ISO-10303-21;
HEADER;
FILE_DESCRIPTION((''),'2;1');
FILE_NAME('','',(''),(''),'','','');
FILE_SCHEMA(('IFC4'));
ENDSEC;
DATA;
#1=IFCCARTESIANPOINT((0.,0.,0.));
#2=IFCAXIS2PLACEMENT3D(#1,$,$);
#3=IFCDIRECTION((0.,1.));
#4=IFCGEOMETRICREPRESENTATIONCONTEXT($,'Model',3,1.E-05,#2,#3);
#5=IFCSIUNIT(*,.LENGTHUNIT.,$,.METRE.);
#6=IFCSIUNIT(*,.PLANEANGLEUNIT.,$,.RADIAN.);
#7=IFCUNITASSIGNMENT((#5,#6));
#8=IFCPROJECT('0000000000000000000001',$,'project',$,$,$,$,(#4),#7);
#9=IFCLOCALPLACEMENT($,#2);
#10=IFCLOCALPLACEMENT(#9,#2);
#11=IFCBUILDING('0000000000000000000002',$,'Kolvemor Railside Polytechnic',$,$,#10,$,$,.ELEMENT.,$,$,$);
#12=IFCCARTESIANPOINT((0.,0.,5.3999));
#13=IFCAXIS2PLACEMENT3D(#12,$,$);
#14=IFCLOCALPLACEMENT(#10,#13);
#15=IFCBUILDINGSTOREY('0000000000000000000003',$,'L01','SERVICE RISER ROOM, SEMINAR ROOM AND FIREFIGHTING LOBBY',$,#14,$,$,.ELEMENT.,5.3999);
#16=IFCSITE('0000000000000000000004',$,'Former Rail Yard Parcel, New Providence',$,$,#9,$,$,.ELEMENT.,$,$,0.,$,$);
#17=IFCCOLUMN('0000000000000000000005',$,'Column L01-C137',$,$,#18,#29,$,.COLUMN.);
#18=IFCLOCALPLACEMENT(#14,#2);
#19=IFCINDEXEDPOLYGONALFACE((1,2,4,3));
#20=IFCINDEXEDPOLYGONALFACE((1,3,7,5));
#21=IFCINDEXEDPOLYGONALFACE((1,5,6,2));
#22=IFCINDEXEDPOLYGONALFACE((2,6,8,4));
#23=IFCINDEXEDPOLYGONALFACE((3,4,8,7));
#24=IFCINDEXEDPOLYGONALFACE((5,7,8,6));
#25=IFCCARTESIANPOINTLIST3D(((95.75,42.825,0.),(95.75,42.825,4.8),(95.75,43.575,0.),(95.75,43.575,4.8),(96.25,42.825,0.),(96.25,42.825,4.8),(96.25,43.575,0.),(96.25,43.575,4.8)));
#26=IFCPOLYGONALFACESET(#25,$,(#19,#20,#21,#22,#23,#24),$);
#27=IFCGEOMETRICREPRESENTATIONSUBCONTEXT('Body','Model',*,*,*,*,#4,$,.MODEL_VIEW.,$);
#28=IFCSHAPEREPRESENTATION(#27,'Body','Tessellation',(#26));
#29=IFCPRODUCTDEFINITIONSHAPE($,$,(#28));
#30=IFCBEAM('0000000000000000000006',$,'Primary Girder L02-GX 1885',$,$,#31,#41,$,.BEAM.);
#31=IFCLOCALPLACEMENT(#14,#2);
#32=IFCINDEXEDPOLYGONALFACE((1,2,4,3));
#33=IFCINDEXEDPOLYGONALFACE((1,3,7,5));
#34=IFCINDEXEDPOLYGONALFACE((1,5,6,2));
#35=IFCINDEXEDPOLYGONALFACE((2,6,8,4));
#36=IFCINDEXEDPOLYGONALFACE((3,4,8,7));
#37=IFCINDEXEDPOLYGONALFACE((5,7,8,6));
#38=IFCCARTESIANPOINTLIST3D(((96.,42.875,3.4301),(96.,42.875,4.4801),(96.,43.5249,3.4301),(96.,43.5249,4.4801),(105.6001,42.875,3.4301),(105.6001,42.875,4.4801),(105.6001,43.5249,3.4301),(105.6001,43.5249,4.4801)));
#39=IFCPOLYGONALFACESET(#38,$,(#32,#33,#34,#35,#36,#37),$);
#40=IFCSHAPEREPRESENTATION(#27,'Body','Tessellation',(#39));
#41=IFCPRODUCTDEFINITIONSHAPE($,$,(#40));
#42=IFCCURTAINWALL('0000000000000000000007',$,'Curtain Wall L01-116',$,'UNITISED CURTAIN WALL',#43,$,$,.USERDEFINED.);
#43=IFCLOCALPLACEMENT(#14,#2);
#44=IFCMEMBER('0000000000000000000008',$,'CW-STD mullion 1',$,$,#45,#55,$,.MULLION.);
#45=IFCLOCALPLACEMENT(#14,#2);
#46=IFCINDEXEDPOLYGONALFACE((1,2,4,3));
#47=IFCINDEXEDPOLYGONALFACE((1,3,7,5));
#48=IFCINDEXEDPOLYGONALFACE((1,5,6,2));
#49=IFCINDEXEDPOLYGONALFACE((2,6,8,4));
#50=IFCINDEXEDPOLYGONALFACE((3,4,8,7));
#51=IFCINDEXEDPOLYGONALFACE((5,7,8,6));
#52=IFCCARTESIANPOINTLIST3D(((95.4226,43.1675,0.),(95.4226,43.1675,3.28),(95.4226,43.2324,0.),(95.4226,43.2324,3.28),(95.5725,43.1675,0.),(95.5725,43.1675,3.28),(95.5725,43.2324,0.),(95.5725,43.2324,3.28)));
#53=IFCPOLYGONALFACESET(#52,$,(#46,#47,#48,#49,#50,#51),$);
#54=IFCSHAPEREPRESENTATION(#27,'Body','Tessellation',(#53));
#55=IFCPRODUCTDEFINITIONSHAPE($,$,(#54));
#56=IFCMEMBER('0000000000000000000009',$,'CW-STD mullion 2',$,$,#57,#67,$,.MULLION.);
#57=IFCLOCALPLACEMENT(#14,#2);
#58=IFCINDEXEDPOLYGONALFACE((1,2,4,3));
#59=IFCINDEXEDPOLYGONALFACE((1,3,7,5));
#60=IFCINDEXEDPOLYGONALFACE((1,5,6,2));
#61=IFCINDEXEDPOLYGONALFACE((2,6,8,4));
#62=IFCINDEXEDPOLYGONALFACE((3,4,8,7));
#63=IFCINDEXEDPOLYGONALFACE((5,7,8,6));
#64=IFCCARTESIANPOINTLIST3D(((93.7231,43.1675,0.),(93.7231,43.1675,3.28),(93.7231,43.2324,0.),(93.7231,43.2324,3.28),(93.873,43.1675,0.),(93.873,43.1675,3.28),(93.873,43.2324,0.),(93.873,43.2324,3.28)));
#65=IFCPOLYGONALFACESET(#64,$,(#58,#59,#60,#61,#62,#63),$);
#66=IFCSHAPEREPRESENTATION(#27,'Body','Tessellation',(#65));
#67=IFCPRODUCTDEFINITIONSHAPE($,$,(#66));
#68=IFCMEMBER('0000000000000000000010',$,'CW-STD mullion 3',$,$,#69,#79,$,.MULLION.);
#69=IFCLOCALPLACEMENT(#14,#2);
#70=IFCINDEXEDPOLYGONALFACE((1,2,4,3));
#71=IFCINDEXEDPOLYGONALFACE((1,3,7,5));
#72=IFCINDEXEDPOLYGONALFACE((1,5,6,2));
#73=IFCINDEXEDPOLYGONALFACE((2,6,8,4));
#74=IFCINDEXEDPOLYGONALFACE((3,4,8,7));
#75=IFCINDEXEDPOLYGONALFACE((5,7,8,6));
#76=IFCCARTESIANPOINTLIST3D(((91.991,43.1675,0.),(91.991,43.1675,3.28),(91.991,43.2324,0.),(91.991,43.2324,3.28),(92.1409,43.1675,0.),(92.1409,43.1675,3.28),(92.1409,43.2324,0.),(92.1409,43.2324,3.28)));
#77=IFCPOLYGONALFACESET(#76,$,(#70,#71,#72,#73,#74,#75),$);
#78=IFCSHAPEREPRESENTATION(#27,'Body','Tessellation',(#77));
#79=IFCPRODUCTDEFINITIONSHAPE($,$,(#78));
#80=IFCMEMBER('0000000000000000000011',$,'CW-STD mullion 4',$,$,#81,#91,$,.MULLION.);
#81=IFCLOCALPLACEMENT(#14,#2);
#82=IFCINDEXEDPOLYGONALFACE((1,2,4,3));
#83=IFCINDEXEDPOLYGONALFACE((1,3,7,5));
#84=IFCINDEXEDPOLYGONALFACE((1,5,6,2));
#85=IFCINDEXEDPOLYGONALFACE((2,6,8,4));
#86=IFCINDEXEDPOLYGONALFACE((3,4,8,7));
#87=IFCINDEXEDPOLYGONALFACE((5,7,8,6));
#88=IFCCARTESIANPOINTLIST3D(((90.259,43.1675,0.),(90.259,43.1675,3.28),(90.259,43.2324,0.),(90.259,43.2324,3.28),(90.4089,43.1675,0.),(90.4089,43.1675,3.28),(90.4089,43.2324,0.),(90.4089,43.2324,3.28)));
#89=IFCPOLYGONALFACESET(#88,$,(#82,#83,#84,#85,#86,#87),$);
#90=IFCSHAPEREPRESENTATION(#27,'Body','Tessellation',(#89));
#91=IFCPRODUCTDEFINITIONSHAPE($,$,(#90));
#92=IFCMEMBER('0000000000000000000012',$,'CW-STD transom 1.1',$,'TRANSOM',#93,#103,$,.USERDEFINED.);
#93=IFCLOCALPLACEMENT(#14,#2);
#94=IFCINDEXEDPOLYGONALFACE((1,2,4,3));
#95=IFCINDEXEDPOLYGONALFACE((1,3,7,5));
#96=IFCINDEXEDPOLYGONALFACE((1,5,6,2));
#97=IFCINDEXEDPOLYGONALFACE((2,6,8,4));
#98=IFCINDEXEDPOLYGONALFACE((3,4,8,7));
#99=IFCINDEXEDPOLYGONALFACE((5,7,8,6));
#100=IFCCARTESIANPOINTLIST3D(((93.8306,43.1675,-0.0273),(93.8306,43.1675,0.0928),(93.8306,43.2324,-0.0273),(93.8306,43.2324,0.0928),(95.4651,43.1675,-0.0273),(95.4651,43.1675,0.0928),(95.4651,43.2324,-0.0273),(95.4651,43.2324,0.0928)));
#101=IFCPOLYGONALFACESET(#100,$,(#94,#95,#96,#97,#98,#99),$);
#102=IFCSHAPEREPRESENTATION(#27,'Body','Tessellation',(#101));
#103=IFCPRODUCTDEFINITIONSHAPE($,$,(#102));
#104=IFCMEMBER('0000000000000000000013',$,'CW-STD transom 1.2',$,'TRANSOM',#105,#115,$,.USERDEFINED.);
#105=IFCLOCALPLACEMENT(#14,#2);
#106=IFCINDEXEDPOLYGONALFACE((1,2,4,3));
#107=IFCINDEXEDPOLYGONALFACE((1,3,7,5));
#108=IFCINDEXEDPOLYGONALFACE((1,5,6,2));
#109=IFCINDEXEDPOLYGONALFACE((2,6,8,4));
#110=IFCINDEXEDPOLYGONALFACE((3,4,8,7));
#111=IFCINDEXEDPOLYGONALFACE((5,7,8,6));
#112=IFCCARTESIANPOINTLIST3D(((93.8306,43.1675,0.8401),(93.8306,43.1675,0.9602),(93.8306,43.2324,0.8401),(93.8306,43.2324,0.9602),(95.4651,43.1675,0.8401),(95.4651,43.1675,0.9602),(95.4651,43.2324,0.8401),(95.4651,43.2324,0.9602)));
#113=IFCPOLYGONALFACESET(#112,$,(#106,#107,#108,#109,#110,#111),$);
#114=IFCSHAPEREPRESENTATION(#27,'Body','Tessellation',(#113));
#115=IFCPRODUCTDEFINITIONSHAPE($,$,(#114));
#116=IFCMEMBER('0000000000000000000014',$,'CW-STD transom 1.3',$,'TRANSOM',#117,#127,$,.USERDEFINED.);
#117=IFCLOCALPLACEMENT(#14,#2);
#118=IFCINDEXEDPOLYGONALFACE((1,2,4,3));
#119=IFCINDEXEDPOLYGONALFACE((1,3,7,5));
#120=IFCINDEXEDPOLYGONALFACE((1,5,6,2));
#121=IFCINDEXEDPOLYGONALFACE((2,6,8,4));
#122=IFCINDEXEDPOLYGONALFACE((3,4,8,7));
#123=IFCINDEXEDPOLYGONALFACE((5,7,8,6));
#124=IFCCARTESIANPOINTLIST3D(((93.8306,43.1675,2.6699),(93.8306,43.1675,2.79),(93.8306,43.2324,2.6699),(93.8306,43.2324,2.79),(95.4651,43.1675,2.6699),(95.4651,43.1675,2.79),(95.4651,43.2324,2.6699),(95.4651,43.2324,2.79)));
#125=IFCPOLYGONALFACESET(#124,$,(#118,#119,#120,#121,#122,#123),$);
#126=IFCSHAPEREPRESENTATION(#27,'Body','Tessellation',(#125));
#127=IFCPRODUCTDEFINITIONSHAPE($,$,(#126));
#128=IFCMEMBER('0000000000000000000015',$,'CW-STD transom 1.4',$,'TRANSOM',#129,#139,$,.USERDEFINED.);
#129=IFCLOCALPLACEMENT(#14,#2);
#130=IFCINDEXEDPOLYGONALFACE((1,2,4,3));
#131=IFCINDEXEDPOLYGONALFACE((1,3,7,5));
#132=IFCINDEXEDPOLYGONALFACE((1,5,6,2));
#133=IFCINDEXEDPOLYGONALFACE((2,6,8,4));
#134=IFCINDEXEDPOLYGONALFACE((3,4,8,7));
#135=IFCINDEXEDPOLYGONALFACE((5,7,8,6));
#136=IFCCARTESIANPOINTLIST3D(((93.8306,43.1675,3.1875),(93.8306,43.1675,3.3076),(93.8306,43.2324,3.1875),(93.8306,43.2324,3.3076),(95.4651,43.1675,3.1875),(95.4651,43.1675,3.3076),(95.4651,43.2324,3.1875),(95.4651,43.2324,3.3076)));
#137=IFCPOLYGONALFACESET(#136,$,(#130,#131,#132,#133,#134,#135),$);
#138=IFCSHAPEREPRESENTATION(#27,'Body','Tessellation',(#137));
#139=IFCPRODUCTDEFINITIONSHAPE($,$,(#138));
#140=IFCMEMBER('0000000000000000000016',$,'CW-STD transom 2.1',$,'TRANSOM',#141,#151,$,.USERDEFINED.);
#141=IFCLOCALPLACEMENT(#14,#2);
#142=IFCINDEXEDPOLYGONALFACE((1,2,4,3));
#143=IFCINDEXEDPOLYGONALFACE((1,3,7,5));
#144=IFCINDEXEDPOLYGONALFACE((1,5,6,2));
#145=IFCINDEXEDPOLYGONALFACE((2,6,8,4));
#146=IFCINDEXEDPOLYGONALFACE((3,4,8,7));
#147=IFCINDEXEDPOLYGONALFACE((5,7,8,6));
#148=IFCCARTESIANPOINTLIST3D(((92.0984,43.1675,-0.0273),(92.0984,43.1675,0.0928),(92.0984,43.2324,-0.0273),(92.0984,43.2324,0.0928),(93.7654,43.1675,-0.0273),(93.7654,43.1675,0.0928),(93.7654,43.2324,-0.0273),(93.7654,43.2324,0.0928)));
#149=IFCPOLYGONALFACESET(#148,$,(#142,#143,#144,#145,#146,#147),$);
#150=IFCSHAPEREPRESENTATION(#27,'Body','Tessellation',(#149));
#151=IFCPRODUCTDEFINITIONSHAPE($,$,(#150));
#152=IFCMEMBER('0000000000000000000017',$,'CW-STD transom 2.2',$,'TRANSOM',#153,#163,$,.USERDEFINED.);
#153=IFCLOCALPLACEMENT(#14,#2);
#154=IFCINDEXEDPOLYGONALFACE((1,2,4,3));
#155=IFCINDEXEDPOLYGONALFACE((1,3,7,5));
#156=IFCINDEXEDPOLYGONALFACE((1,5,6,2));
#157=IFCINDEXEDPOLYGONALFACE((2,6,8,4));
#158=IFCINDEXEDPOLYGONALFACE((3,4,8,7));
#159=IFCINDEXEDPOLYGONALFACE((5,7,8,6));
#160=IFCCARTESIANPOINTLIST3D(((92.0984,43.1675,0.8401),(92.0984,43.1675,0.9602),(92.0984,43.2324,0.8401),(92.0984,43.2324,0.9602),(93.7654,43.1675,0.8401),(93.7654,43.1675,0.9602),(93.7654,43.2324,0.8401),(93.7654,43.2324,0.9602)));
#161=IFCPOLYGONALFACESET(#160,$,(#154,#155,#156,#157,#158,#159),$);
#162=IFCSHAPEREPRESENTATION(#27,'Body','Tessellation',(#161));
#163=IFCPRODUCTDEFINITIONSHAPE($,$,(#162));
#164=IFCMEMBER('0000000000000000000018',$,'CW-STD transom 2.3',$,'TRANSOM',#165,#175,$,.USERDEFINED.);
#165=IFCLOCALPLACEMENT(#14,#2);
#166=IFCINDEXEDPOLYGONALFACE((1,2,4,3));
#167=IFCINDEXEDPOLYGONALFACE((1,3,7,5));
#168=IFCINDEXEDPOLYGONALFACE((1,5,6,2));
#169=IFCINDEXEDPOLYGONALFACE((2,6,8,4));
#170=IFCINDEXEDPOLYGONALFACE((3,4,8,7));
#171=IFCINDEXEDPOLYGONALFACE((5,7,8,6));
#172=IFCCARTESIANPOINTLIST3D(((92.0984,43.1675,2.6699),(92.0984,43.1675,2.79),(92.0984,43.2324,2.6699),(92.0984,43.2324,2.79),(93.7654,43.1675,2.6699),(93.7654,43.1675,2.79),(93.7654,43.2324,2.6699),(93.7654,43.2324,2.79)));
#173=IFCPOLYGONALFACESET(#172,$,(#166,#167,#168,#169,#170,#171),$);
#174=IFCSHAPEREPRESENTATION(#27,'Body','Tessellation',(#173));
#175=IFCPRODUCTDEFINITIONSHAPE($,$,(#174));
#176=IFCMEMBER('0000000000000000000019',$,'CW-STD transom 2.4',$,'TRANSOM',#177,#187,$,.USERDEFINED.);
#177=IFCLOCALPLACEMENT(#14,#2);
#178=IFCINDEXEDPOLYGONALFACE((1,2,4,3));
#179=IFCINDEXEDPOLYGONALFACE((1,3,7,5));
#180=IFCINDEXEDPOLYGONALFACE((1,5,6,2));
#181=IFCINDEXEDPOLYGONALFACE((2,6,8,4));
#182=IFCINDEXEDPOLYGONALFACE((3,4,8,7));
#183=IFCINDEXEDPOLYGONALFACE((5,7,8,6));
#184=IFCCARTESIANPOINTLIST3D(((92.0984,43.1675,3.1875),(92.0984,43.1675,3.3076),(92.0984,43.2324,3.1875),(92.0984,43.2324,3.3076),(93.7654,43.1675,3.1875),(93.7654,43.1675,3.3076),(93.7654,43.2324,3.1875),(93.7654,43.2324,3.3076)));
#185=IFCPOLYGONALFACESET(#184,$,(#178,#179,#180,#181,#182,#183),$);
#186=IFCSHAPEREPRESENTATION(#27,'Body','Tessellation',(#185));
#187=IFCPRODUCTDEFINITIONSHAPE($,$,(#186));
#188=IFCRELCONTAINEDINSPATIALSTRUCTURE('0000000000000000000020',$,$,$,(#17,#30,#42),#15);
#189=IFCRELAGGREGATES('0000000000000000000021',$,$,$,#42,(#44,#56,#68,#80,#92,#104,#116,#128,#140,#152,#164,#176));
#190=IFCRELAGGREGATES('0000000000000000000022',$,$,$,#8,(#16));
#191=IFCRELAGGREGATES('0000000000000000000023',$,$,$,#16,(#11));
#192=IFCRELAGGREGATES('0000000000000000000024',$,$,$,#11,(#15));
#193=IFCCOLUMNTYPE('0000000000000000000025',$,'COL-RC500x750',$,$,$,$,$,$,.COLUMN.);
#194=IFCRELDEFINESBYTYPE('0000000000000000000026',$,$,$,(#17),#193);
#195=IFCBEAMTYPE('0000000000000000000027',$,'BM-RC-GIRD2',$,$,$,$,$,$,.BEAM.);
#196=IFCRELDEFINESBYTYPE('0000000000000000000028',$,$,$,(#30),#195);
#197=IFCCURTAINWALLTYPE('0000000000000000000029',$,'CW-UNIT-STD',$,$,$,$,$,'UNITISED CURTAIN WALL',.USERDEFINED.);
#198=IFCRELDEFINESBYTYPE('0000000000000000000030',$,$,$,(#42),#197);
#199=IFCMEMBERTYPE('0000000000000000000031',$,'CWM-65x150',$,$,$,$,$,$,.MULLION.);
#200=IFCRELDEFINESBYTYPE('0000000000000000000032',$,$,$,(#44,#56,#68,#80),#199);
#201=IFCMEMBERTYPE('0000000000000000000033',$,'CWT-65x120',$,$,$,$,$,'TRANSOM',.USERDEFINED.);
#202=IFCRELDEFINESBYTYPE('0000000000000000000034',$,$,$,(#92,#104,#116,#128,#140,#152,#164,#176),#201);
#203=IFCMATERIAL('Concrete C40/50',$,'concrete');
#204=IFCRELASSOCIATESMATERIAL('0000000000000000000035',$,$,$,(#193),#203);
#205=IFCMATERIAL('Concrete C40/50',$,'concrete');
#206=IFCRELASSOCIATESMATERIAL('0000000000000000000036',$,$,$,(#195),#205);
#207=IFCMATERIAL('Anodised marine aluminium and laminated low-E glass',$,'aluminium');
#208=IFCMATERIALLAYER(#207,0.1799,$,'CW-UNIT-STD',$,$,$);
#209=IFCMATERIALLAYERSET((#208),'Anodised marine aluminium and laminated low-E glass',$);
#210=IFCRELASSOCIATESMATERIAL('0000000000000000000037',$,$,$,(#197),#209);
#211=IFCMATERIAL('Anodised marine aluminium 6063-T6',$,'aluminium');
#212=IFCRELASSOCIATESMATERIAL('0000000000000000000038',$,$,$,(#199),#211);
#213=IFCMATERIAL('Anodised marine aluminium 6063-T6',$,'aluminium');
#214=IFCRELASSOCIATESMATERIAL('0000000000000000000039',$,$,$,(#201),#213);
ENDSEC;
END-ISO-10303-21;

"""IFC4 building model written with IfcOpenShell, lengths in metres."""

from ifc_helpers import new_model, si_unit, direction, frame, origin, origin_2d, place, context, subcontext, project, spatial, rectangle, extrude, material, layer, layer_set, material_profile, profile_set, type_object, element, aggregate, save


model = new_model("IFC4")

# Units and contexts
model_context = context("Model", 3, precision=1e-05, world=origin(), true_north=direction((0.0, 1.0)))
body_context = subcontext(model_context, "Body", "Model", "MODEL_VIEW")
ifc_project = project(units=[si_unit("LENGTHUNIT", "METRE"), si_unit("PLANEANGLEUNIT", "RADIAN")], contexts=[model_context])

# Site, building, storey
site_placement = place(None, origin())
site = spatial("IfcSite", under=ifc_project, at=site_placement, Name="Former Rail Yard Parcel, New Providence", CompositionType="ELEMENT", RefElevation=0.0)
building_placement = place(site_placement, origin())
building = spatial("IfcBuilding", under=site, at=building_placement, Name="Kolvemor Railside Polytechnic", CompositionType="ELEMENT")
storey_placement = place(building_placement, frame((0.0, 0.0, 5.3999)))
storey = spatial("IfcBuildingStorey", under=building, at=storey_placement, Name="L01", Description="SERVICE RISER ROOM, SEMINAR ROOM AND FIREFIGHTING LOBBY", CompositionType="ELEMENT", Elevation=5.3999)

# Column
ifc_material_1 = material(Name="Concrete C40/50", Category="concrete")
ifc_material_profile_1 = material_profile(ifc_material_1, rectangle(XDim=0.5, YDim=0.75, at=origin_2d()), Name="RC500x750")
ifc_profile_set_1 = profile_set([ifc_material_profile_1], Name="Concrete C40/50")
column_type = type_object("IfcColumnType", Name="COL-RC500x750", PredefinedType="COLUMN", material=ifc_profile_set_1)
column_placement = place(storey_placement, frame((96.0, 43.2, 0.0), z_axis=(0.0, 0.0, 1.0), x_axis=(1.0, 0.0, 0.0)))
element("IfcColumn", 1, at=column_placement, inside=storey, type_object=column_type, Name="Column L01-C137", PredefinedType="COLUMN", context=body_context, shape_type="SweptSolid", body=[
    extrude(rectangle(XDim=0.5, YDim=0.75, at=origin_2d()), origin(), (0.0, 0.0, 1.0), 4.8),
])

# Beam
ifc_material_2 = material(Name="Concrete C40/50", Category="concrete")
ifc_material_profile_2 = material_profile(ifc_material_2, rectangle(XDim=0.6499, YDim=1.05, at=origin_2d()), Name="RC650x1050")
ifc_profile_set_2 = profile_set([ifc_material_profile_2], Name="Concrete C40/50")
beam_type = type_object("IfcBeamType", Name="BM-RC-GIRD2", PredefinedType="BEAM", material=ifc_profile_set_2)
beam_placement = place(storey_placement, frame((96.0, 43.2, 3.9551), z_axis=(1.0, 0.0, 0.0), x_axis=(0.0, 1.0, 0.0)))
element("IfcBeam", 2, at=beam_placement, inside=storey, type_object=beam_type, Name="Primary Girder L02-GX 1885", PredefinedType="BEAM", context=body_context, shape_type="SweptSolid", body=[
    extrude(rectangle(XDim=0.6499, YDim=1.05, at=origin_2d()), origin(), (0.0, 0.0, 1.0), 9.6001),
])

# Curtain wall, members
ifc_material_3 = material(Name="Anodised marine aluminium and laminated low-E glass", Category="aluminium")
ifc_layer_1 = layer(ifc_material_3, 0.1799, Name="CW-UNIT-STD")
ifc_layer_set_1 = layer_set([ifc_layer_1], Name="Anodised marine aluminium and laminated low-E glass")
curtain_wall_type = type_object("IfcCurtainWallType", Name="CW-UNIT-STD", ElementType="UNITISED CURTAIN WALL", PredefinedType="USERDEFINED", material=ifc_layer_set_1)
curtain_wall_placement = place(storey_placement, origin())
curtain_wall = element("IfcCurtainWall", 3, at=curtain_wall_placement, inside=storey, type_object=curtain_wall_type, Name="Curtain Wall L01-116", ObjectType="UNITISED CURTAIN WALL", PredefinedType="USERDEFINED")
ifc_material_4 = material(Name="Anodised marine aluminium 6063-T6", Category="aluminium")
ifc_material_profile_3 = material_profile(ifc_material_4, rectangle(XDim=0.0649, YDim=0.1499, at=origin_2d()), Name="CW-MUL-65x150")
ifc_profile_set_3 = profile_set([ifc_material_profile_3], Name="Anodised marine aluminium 6063-T6")
member_type_1 = type_object("IfcMemberType", Name="CWM-65x150", PredefinedType="MULLION", material=ifc_profile_set_3)
member_1_placement = place(storey_placement, frame((95.4976, 43.2, 0.0), z_axis=(0.0, 0.0, 1.0), x_axis=(0.0, -1.0, 0.0)))
member_1 = element("IfcMember", 4, at=member_1_placement, type_object=member_type_1, Name="CW-STD mullion 1", PredefinedType="MULLION", context=body_context, shape_type="SweptSolid", body=[
    extrude(rectangle(XDim=0.0649, YDim=0.1499, at=origin_2d()), origin(), (0.0, 0.0, 1.0), 3.28),
])
member_2_placement = place(storey_placement, frame((93.7981, 43.2, 0.0), z_axis=(0.0, 0.0, 1.0), x_axis=(0.0, -1.0, 0.0)))
member_2 = element("IfcMember", 5, at=member_2_placement, type_object=member_type_1, Name="CW-STD mullion 2", PredefinedType="MULLION", context=body_context, shape_type="SweptSolid", body=[
    extrude(rectangle(XDim=0.0649, YDim=0.1499, at=origin_2d()), origin(), (0.0, 0.0, 1.0), 3.28),
])
member_3_placement = place(storey_placement, frame((92.0659, 43.2, 0.0), z_axis=(0.0, 0.0, 1.0), x_axis=(0.0, -1.0, 0.0)))
member_3 = element("IfcMember", 6, at=member_3_placement, type_object=member_type_1, Name="CW-STD mullion 3", PredefinedType="MULLION", context=body_context, shape_type="SweptSolid", body=[
    extrude(rectangle(XDim=0.0649, YDim=0.1499, at=origin_2d()), origin(), (0.0, 0.0, 1.0), 3.28),
])
member_4_placement = place(storey_placement, frame((90.334, 43.2, 0.0), z_axis=(0.0, 0.0, 1.0), x_axis=(0.0, -1.0, 0.0)))
member_4 = element("IfcMember", 7, at=member_4_placement, type_object=member_type_1, Name="CW-STD mullion 4", PredefinedType="MULLION", context=body_context, shape_type="SweptSolid", body=[
    extrude(rectangle(XDim=0.0649, YDim=0.1499, at=origin_2d()), origin(), (0.0, 0.0, 1.0), 3.28),
])
ifc_material_5 = material(Name="Anodised marine aluminium 6063-T6", Category="aluminium")
ifc_material_profile_4 = material_profile(ifc_material_5, rectangle(XDim=0.0649, YDim=0.1201, at=origin_2d()), Name="CW-TRN-65x120")
ifc_profile_set_4 = profile_set([ifc_material_profile_4], Name="Anodised marine aluminium 6063-T6")
member_type_2 = type_object("IfcMemberType", Name="CWT-65x120", ElementType="TRANSOM", PredefinedType="USERDEFINED", material=ifc_profile_set_4)
member_5_placement = place(storey_placement, frame((95.4651, 43.2, 0.0327), z_axis=(-1.0, 0.0, 0.0), x_axis=(0.0, -1.0, 0.0)))
member_5 = element("IfcMember", 8, at=member_5_placement, type_object=member_type_2, Name="CW-STD transom 1.1", ObjectType="TRANSOM", PredefinedType="USERDEFINED", context=body_context, shape_type="SweptSolid", body=[
    extrude(rectangle(XDim=0.0649, YDim=0.1201, at=origin_2d()), origin(), (0.0, 0.0, 1.0), 1.6345),
])
member_6_placement = place(storey_placement, frame((95.4651, 43.2, 0.9001), z_axis=(-1.0, 0.0, 0.0), x_axis=(0.0, -1.0, 0.0)))
member_6 = element("IfcMember", 9, at=member_6_placement, type_object=member_type_2, Name="CW-STD transom 1.2", ObjectType="TRANSOM", PredefinedType="USERDEFINED", context=body_context, shape_type="SweptSolid", body=[
    extrude(rectangle(XDim=0.0649, YDim=0.1201, at=origin_2d()), origin(), (0.0, 0.0, 1.0), 1.6345),
])
member_7_placement = place(storey_placement, frame((95.4651, 43.2, 2.73), z_axis=(-1.0, 0.0, 0.0), x_axis=(0.0, -1.0, 0.0)))
member_7 = element("IfcMember", 10, at=member_7_placement, type_object=member_type_2, Name="CW-STD transom 1.3", ObjectType="TRANSOM", PredefinedType="USERDEFINED", context=body_context, shape_type="SweptSolid", body=[
    extrude(rectangle(XDim=0.0649, YDim=0.1201, at=origin_2d()), origin(), (0.0, 0.0, 1.0), 1.6345),
])
member_8_placement = place(storey_placement, frame((95.4651, 43.2, 3.2476), z_axis=(-1.0, 0.0, 0.0), x_axis=(0.0, -1.0, 0.0)))
member_8 = element("IfcMember", 11, at=member_8_placement, type_object=member_type_2, Name="CW-STD transom 1.4", ObjectType="TRANSOM", PredefinedType="USERDEFINED", context=body_context, shape_type="SweptSolid", body=[
    extrude(rectangle(XDim=0.0649, YDim=0.1201, at=origin_2d()), origin(), (0.0, 0.0, 1.0), 1.6345),
])
member_9_placement = place(storey_placement, frame((93.7654, 43.2, 0.0327), z_axis=(-1.0, 0.0, 0.0), x_axis=(0.0, -1.0, 0.0)))
member_9 = element("IfcMember", 12, at=member_9_placement, type_object=member_type_2, Name="CW-STD transom 2.1", ObjectType="TRANSOM", PredefinedType="USERDEFINED", context=body_context, shape_type="SweptSolid", body=[
    extrude(rectangle(XDim=0.0649, YDim=0.1201, at=origin_2d()), origin(), (0.0, 0.0, 1.0), 1.667),
])
member_10_placement = place(storey_placement, frame((93.7654, 43.2, 0.9001), z_axis=(-1.0, 0.0, 0.0), x_axis=(0.0, -1.0, 0.0)))
member_10 = element("IfcMember", 13, at=member_10_placement, type_object=member_type_2, Name="CW-STD transom 2.2", ObjectType="TRANSOM", PredefinedType="USERDEFINED", context=body_context, shape_type="SweptSolid", body=[
    extrude(rectangle(XDim=0.0649, YDim=0.1201, at=origin_2d()), origin(), (0.0, 0.0, 1.0), 1.667),
])
member_11_placement = place(storey_placement, frame((93.7654, 43.2, 2.73), z_axis=(-1.0, 0.0, 0.0), x_axis=(0.0, -1.0, 0.0)))
member_11 = element("IfcMember", 14, at=member_11_placement, type_object=member_type_2, Name="CW-STD transom 2.3", ObjectType="TRANSOM", PredefinedType="USERDEFINED", context=body_context, shape_type="SweptSolid", body=[
    extrude(rectangle(XDim=0.0649, YDim=0.1201, at=origin_2d()), origin(), (0.0, 0.0, 1.0), 1.667),
])
member_12_placement = place(storey_placement, frame((93.7654, 43.2, 3.2476), z_axis=(-1.0, 0.0, 0.0), x_axis=(0.0, -1.0, 0.0)))
member_12 = element("IfcMember", 15, at=member_12_placement, type_object=member_type_2, Name="CW-STD transom 2.4", ObjectType="TRANSOM", PredefinedType="USERDEFINED", context=body_context, shape_type="SweptSolid", body=[
    extrude(rectangle(XDim=0.0649, YDim=0.1201, at=origin_2d()), origin(), (0.0, 0.0, 1.0), 1.667),
])
aggregate(curtain_wall, [member_1, member_2, member_3, member_4, member_5, member_6, member_7, member_8, member_9, member_10, member_11, member_12])

save(model, "model.ifc")
